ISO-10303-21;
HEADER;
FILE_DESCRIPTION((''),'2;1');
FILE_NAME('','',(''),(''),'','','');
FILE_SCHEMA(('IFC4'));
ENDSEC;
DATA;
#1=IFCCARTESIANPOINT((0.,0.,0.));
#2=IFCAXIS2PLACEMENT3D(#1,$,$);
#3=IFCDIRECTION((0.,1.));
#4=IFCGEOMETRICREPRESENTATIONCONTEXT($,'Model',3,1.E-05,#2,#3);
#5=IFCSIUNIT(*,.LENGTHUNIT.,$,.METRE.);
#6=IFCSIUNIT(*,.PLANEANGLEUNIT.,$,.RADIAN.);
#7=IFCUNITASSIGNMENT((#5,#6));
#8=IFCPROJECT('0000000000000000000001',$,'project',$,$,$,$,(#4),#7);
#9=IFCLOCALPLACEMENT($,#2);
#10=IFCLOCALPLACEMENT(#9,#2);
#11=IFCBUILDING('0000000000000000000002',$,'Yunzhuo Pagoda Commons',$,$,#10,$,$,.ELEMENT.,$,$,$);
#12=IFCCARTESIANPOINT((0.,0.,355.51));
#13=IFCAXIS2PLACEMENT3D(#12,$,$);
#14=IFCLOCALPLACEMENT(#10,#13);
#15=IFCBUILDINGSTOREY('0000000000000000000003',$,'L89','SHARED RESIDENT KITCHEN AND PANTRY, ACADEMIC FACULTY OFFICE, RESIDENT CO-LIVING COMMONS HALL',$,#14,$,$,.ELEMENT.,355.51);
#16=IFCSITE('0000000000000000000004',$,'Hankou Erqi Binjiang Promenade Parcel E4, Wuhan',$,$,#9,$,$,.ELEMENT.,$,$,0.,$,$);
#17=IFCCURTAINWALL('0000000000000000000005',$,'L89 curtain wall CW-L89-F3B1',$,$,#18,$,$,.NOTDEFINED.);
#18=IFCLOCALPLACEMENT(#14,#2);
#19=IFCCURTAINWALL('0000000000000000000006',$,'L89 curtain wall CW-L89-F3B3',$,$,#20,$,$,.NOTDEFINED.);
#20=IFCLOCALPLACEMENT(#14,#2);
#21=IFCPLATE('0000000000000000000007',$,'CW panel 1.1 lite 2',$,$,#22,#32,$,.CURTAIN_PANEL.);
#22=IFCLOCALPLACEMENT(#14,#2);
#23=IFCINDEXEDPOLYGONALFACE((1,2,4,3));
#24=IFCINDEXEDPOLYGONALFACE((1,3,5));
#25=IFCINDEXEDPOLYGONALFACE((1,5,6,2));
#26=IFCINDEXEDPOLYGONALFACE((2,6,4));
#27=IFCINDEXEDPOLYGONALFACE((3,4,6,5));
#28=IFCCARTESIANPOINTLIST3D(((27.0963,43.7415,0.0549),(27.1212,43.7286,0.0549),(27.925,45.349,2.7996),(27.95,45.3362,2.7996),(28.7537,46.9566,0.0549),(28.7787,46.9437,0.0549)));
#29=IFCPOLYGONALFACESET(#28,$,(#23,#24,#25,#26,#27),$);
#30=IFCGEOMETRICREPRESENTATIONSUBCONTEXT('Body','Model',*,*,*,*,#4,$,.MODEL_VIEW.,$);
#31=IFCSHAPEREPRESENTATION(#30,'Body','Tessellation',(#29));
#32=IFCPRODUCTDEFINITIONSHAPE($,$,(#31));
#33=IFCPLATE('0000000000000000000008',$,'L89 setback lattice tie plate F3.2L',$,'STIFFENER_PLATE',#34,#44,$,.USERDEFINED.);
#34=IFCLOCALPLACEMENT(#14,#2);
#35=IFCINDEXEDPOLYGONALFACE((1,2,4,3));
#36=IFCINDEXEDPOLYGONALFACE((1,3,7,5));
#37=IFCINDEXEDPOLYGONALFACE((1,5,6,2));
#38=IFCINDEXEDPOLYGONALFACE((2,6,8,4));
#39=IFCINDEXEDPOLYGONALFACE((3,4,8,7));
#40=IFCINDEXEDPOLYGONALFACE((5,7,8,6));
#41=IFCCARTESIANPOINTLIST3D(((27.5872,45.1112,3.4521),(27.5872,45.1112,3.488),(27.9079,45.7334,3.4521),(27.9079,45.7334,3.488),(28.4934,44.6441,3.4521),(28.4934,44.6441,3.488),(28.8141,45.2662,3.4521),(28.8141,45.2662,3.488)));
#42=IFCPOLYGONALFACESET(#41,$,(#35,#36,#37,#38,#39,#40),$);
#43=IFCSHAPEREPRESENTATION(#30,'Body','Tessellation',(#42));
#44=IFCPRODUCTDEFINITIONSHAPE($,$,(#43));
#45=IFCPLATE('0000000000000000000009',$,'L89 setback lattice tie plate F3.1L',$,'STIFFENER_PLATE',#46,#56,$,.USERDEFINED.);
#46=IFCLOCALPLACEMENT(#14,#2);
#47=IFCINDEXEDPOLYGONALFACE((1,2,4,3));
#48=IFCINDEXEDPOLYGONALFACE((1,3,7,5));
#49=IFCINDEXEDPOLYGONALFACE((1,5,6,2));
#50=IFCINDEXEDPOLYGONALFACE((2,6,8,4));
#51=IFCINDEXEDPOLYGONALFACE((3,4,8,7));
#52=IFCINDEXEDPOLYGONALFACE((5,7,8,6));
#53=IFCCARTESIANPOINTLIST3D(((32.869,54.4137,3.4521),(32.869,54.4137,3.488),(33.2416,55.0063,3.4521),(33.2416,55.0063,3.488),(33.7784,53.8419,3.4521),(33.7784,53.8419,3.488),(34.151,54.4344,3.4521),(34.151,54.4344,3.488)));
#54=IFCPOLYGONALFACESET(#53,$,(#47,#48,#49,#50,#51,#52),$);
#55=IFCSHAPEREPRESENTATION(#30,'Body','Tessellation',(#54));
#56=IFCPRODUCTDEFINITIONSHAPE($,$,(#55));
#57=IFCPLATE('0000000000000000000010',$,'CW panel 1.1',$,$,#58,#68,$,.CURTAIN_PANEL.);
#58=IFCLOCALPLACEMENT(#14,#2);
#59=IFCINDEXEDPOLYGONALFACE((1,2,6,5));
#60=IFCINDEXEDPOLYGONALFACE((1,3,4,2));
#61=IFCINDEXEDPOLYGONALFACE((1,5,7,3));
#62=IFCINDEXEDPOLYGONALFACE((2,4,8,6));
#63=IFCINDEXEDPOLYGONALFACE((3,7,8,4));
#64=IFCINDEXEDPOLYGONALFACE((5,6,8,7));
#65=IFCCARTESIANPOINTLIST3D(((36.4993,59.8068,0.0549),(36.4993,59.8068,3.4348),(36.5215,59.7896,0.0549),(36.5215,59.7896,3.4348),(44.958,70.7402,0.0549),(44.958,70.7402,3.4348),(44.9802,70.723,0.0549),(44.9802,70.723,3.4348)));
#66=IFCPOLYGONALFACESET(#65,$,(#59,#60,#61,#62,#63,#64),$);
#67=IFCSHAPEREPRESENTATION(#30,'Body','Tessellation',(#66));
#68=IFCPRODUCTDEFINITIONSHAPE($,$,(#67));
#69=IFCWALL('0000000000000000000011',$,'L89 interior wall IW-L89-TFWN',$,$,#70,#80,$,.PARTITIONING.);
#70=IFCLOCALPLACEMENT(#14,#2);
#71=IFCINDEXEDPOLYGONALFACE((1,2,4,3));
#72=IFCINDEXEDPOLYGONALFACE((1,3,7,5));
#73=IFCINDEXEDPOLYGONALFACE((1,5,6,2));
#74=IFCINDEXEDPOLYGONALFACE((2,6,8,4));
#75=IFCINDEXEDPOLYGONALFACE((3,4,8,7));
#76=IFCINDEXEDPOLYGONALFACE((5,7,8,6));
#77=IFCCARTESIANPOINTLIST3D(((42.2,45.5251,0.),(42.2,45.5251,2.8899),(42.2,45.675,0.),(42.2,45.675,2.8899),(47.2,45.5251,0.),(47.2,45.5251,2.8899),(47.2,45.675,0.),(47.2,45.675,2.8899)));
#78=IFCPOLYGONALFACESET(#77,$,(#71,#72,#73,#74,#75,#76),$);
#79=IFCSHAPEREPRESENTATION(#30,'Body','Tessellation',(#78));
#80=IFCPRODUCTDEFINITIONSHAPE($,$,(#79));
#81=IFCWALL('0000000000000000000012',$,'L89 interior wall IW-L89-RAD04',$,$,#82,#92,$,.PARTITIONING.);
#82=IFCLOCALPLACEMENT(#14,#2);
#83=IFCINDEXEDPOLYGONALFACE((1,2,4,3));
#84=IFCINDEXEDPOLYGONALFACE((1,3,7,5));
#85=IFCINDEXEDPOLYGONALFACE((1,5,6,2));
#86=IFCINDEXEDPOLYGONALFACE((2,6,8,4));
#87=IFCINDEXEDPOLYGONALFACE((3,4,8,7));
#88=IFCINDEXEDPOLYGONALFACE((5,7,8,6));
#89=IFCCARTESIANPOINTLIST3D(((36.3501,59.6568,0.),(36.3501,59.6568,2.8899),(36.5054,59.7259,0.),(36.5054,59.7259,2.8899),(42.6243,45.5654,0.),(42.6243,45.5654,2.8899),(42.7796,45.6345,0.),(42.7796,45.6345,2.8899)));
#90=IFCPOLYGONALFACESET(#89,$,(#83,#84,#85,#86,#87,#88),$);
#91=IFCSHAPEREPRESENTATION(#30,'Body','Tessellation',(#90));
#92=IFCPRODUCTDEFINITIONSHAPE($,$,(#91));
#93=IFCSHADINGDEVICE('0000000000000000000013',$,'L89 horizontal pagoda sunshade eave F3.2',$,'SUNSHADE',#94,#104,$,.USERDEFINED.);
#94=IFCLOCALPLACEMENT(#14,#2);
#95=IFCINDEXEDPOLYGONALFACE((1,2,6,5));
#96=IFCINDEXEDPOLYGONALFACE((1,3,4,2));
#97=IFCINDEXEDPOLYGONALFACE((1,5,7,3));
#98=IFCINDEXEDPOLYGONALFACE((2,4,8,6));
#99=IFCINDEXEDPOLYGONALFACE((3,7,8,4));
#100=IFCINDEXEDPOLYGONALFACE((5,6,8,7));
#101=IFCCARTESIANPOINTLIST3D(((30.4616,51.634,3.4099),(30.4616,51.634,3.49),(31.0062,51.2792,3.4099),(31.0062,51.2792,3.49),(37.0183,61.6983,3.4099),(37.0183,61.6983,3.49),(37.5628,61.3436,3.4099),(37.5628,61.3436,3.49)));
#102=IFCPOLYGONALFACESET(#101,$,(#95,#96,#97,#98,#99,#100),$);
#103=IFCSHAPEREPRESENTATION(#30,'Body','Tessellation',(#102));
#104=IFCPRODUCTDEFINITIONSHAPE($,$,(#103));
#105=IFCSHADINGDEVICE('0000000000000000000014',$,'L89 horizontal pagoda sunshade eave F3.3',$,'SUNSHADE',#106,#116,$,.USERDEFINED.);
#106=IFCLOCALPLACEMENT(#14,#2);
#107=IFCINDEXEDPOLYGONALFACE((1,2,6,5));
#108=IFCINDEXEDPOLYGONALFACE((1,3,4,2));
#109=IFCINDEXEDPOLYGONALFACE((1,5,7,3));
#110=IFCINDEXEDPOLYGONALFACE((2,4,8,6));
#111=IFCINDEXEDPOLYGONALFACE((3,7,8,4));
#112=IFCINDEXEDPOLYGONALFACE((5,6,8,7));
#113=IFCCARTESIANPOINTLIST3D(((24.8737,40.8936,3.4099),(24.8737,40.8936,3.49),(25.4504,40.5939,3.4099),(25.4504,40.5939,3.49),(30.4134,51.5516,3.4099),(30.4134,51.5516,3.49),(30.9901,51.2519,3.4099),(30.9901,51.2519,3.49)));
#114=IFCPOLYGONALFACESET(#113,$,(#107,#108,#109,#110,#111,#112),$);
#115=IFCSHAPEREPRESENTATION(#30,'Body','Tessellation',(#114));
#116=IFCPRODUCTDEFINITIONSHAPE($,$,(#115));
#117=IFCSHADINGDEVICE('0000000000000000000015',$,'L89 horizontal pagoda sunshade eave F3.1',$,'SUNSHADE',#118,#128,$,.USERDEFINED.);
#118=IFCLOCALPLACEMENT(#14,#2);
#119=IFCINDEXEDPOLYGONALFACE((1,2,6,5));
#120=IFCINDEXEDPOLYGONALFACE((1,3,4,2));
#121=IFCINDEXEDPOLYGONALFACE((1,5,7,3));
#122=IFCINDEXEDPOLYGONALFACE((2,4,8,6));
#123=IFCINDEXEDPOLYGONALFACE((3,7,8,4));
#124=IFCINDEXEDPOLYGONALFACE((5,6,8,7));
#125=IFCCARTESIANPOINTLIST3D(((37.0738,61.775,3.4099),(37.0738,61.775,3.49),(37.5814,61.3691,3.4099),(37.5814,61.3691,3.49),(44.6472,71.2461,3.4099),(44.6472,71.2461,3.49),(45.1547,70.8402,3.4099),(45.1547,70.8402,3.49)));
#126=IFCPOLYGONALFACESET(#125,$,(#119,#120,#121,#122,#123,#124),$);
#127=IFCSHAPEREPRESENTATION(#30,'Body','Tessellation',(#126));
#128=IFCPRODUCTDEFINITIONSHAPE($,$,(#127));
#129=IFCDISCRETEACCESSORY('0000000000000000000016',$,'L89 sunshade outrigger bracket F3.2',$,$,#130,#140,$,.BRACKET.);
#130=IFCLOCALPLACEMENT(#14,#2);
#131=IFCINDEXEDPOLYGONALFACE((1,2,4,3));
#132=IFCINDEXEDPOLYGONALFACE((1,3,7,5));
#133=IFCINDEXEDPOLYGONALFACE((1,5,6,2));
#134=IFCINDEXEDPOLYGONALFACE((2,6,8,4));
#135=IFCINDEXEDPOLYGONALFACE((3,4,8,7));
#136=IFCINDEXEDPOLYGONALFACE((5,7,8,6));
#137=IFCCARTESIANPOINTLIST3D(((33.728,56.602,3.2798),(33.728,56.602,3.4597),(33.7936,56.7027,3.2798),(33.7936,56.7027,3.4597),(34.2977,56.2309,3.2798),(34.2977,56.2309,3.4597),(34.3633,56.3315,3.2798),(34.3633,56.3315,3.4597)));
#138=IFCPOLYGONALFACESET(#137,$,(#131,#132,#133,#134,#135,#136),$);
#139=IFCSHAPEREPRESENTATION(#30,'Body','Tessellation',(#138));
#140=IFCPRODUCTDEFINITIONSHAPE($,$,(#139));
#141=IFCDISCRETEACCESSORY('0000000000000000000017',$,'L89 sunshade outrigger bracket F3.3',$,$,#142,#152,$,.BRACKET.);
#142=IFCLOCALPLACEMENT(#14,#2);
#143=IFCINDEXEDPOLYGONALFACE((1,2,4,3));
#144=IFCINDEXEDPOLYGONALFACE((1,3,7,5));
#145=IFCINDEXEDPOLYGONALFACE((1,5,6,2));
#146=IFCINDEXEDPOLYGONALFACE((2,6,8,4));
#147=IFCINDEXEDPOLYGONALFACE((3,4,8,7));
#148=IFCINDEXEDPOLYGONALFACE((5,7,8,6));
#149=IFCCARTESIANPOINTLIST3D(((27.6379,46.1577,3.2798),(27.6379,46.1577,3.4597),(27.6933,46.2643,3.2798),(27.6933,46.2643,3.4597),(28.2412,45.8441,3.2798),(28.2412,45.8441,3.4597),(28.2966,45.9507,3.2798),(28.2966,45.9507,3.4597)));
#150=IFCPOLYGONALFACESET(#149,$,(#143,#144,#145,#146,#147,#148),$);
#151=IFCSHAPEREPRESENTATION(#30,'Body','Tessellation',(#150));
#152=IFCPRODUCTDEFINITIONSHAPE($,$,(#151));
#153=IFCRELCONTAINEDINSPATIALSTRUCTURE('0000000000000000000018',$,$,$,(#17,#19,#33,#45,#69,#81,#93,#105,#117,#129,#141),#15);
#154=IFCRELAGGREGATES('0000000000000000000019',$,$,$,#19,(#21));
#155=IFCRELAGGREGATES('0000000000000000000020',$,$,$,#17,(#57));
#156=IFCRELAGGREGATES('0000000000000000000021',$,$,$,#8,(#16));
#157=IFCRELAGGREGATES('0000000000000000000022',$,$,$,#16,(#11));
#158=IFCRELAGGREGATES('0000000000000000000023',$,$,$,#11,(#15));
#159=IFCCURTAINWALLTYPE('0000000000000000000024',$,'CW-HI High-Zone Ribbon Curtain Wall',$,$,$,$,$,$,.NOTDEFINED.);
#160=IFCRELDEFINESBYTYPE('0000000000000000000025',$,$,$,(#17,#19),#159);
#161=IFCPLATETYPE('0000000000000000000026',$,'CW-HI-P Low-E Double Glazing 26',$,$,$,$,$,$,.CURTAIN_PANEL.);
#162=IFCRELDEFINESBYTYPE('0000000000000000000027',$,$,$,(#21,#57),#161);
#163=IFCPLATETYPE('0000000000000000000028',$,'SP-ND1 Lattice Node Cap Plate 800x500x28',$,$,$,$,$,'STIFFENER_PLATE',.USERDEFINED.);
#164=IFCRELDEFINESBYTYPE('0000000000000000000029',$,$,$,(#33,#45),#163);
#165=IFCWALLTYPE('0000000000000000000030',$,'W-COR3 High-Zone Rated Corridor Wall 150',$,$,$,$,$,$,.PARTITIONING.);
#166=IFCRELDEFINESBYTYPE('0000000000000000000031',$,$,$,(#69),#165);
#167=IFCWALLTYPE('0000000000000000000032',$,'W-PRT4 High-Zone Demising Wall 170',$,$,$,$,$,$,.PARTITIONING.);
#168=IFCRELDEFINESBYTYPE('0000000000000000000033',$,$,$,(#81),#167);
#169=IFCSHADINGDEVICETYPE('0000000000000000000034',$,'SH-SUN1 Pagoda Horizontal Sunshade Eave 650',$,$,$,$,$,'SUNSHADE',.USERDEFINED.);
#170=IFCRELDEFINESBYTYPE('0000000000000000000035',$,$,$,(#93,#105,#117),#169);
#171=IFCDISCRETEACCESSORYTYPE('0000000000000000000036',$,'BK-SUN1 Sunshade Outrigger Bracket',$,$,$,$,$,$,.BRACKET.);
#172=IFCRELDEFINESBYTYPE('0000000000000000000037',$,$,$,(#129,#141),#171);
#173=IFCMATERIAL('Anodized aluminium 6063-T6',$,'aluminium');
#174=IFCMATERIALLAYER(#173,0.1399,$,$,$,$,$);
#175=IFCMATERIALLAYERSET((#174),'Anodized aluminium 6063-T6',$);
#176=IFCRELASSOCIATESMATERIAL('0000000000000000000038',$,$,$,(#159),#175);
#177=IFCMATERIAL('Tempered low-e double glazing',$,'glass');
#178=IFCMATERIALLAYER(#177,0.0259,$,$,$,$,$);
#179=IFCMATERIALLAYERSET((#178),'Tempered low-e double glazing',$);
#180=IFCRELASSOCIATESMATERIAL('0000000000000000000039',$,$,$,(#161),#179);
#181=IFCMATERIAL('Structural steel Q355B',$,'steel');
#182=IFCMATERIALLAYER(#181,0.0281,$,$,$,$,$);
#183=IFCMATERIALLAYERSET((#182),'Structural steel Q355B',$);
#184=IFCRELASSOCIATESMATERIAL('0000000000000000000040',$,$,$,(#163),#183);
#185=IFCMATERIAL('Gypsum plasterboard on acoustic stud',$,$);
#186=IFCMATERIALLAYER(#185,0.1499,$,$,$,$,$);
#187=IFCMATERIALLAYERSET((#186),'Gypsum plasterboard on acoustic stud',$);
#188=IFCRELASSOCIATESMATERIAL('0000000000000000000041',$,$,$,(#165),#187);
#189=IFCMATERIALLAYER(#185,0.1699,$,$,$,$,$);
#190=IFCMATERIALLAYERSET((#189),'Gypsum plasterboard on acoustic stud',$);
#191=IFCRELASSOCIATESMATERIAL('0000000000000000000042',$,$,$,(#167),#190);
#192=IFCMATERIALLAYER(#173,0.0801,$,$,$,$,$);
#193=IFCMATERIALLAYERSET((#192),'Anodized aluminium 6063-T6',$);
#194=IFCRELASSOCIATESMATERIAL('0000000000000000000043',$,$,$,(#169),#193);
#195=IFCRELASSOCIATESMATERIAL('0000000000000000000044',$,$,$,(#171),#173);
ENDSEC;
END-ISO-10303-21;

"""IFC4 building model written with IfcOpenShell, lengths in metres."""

from ifc_helpers import new_model, si_unit, direction, frame, frame_2d, origin, origin_2d, place, context, subcontext, project, spatial, polyline, rectangle, outline, extrude, source, transform, mapped, material, layer, layer_set, type_object, element, aggregate, save


model = new_model("IFC4")

# Units and contexts
model_context = context("Model", 3, precision=1e-05, world=origin(), true_north=direction((0.0, 1.0)))
body_context = subcontext(model_context, "Body", "Model", "MODEL_VIEW")
ifc_project = project(units=[si_unit("LENGTHUNIT", "METRE"), si_unit("PLANEANGLEUNIT", "RADIAN")], contexts=[model_context])

# Site, building, storey
site_placement = place(None, origin())
site = spatial("IfcSite", under=ifc_project, at=site_placement, Name="Hankou Erqi Binjiang Promenade Parcel E4, Wuhan", CompositionType="ELEMENT", RefElevation=0.0)
building_placement = place(site_placement, origin())
building = spatial("IfcBuilding", under=site, at=building_placement, Name="Yunzhuo Pagoda Commons", CompositionType="ELEMENT")
storey_placement = place(building_placement, frame((0.0, 0.0, 355.51)))
storey = spatial("IfcBuildingStorey", under=building, at=storey_placement, Name="L89", Description="SHARED RESIDENT KITCHEN AND PANTRY, ACADEMIC FACULTY OFFICE, RESIDENT CO-LIVING COMMONS HALL", CompositionType="ELEMENT", Elevation=355.51)

# Shared definitions
ifc_material_1 = material(Name="Structural steel Q355B", Category="steel")

# Curtain walls
ifc_material_2 = material(Name="Anodized aluminium 6063-T6", Category="aluminium")
ifc_layer_1 = layer(ifc_material_2, 0.1399)
ifc_layer_set_1 = layer_set([ifc_layer_1], Name="Anodized aluminium 6063-T6")
curtain_wall_type = type_object("IfcCurtainWallType", Name="CW-HI High-Zone Ribbon Curtain Wall", PredefinedType="NOTDEFINED", material=ifc_layer_set_1)
curtain_wall_1_placement = place(storey_placement, origin())
curtain_wall_1 = element("IfcCurtainWall", 1, at=curtain_wall_1_placement, inside=storey, type_object=curtain_wall_type, Name="L89 curtain wall CW-L89-F3B1", PredefinedType="NOTDEFINED")
curtain_wall_2_placement = place(storey_placement, origin())
curtain_wall_2 = element("IfcCurtainWall", 2, at=curtain_wall_2_placement, inside=storey, type_object=curtain_wall_type, Name="L89 curtain wall CW-L89-F3B3", PredefinedType="NOTDEFINED")

# Plate
ifc_material_3 = material(Name="Tempered low-e double glazing", Category="glass")
ifc_layer_2 = layer(ifc_material_3, 0.0259)
ifc_layer_set_2 = layer_set([ifc_layer_2], Name="Tempered low-e double glazing")
plate_type_1 = type_object("IfcPlateType", Name="CW-HI-P Low-E Double Glazing 26", PredefinedType="CURTAIN_PANEL", material=ifc_layer_set_2)
plate_1_placement = place(storey_placement, frame((27.95, 45.3362, 1.4272), z_axis=(-0.888846, 0.458207, 0.0), x_axis=(-0.458207, -0.888846, 0.0)))
plate_1 = element("IfcPlate", 3, at=plate_1_placement, type_object=plate_type_1, Name="CW panel 1.1 lite 2", PredefinedType="CURTAIN_PANEL", context=body_context, shape_type="SweptSolid", body=[
    extrude(outline(polyline([(-1.8086, -1.3723), (1.8086, -1.3723), (0.0, 1.3723), (-1.8086, -1.3723)])), origin(), (0.0, 0.0, 1.0), 0.0281),
])
aggregate(curtain_wall_2, [plate_1])

# Plates
ifc_layer_3 = layer(ifc_material_1, 0.0281)
ifc_layer_set_3 = layer_set([ifc_layer_3], Name="Structural steel Q355B")
plate_type_2 = type_object("IfcPlateType", Name="SP-ND1 Lattice Node Cap Plate 800x500x28", ElementType="STIFFENER_PLATE", PredefinedType="USERDEFINED", material=ifc_layer_set_3)
shared_shape_1 = source(origin(), body_context, "Body", "SweptSolid", [
    extrude(rectangle(XDim=0.7, YDim=1.0195, at=origin_2d()), origin(), (0.0, 0.0, 1.0), 0.0359),
])
plate_2_placement = place(storey_placement, frame((28.2007, 45.1887, 3.4521), z_axis=(0.0, 0.0, 1.0), x_axis=(-0.4582, -0.888849, 0.0)))
element("IfcPlate", 4, at=plate_2_placement, inside=storey, type_object=plate_type_2, Name="L89 setback lattice tie plate F3.2L", ObjectType="STIFFENER_PLATE", PredefinedType="USERDEFINED", context=body_context, shape_type="MappedRepresentation", body=[
    mapped(shared_shape_1, transform((0.0, 0.0, 0.0), scale=1.0)),
])
shared_shape_2 = source(origin(), body_context, "Body", "SweptSolid", [
    extrude(rectangle(XDim=0.7, YDim=1.0742, at=origin_2d()), origin(), (0.0, 0.0, 1.0), 0.0359),
])
plate_3_placement = place(storey_placement, frame((33.51, 54.4241, 3.4521), z_axis=(0.0, 0.0, 1.0), x_axis=(-0.532344, -0.846528, 0.0)))
element("IfcPlate", 5, at=plate_3_placement, inside=storey, type_object=plate_type_2, Name="L89 setback lattice tie plate F3.1L", ObjectType="STIFFENER_PLATE", PredefinedType="USERDEFINED", context=body_context, shape_type="MappedRepresentation", body=[
    mapped(shared_shape_2, transform((0.0, 0.0, 0.0), scale=1.0)),
])

# Plate
shared_shape_3 = source(origin(), body_context, "Body", "SweptSolid", [
    extrude(rectangle(XDim=13.8235, YDim=0.0281, at=origin_2d()), origin(), (0.0, 0.0, 1.0), 3.3799),
])
plate_4_placement = place(storey_placement, frame((40.7397, 65.2649, 0.0549), z_axis=(0.0, 0.0, 1.0), x_axis=(-0.61191, -0.790927, 0.0)))
plate_4 = element("IfcPlate", 6, at=plate_4_placement, type_object=plate_type_1, Name="CW panel 1.1", PredefinedType="CURTAIN_PANEL", context=body_context, shape_type="MappedRepresentation", body=[
    mapped(shared_shape_3, transform((0.0, 0.0, 0.0), scale=1.0)),
])
aggregate(curtain_wall_1, [plate_4])

# Walls
ifc_material_4 = material(Name="Gypsum plasterboard on acoustic stud")
ifc_layer_4 = layer(ifc_material_4, 0.1499)
ifc_layer_set_4 = layer_set([ifc_layer_4], Name="Gypsum plasterboard on acoustic stud")
wall_type_1 = type_object("IfcWallType", Name="W-COR3 High-Zone Rated Corridor Wall 150", PredefinedType="PARTITIONING", material=ifc_layer_set_4)
wall_1_placement = place(storey_placement, frame((42.2, 45.6001, 0.0), z_axis=(0.0, 0.0, 1.0), x_axis=(1.0, 0.0, 0.0)))
element("IfcWall", 7, at=wall_1_placement, inside=storey, type_object=wall_type_1, Name="L89 interior wall IW-L89-TFWN", PredefinedType="PARTITIONING", context=body_context, shape_type="SweptSolid", body=[
    extrude(rectangle(XDim=5.0, YDim=0.1499, at=frame_2d((2.5, 0.0))), origin(), (0.0, 0.0, 1.0), 2.8899),
])
ifc_layer_5 = layer(ifc_material_4, 0.1699)
ifc_layer_set_5 = layer_set([ifc_layer_5], Name="Gypsum plasterboard on acoustic stud")
wall_type_2 = type_object("IfcWallType", Name="W-PRT4 High-Zone Demising Wall 170", PredefinedType="PARTITIONING", material=ifc_layer_set_5)
wall_2_placement = place(storey_placement, frame((42.7019, 45.6001, 0.0), z_axis=(0.0, 0.0, 1.0), x_axis=(-0.406754, 0.913538, 0.0)))
element("IfcWall", 8, at=wall_2_placement, inside=storey, type_object=wall_type_2, Name="L89 interior wall IW-L89-RAD04", PredefinedType="PARTITIONING", context=body_context, shape_type="SweptSolid", body=[
    extrude(rectangle(XDim=15.425, YDim=0.1699, at=frame_2d((7.7124, 0.0))), origin(), (0.0, 0.0, 1.0), 2.8899),
])

# Shading devices
ifc_layer_6 = layer(ifc_material_2, 0.0801)
ifc_layer_set_6 = layer_set([ifc_layer_6], Name="Anodized aluminium 6063-T6")
shading_device_type = type_object("IfcShadingDeviceType", Name="SH-SUN1 Pagoda Horizontal Sunshade Eave 650", ElementType="SUNSHADE", PredefinedType="USERDEFINED", material=ifc_layer_set_6)
shared_shape_4 = source(origin(), body_context, "Body", "SweptSolid", [
    extrude(rectangle(XDim=12.0117, YDim=0.6499, at=origin_2d()), origin(), (0.0, 0.0, 1.0), 0.0801),
])
for number, where, z_axis, x_axis, name in (
    (9, (34.0122, 56.4888, 3.4099), (0.0, 0.0, 1.0), (-0.545853, -0.837881, 0.0), "L89 horizontal pagoda sunshade eave F3.2"),
    (10, (27.9319, 46.0728, 3.4099), (0.0, 0.0, 1.0), (-0.461191, -0.887301, 0.0), "L89 horizontal pagoda sunshade eave F3.3"),
):
    element("IfcShadingDevice", number, at=place(storey_placement, frame(where, z_axis=z_axis, x_axis=x_axis)), inside=storey, type_object=shading_device_type, Name=name, ObjectType="SUNSHADE", PredefinedType="USERDEFINED", context=body_context, shape_type="MappedRepresentation", body=[
        mapped(shared_shape_4, transform((0.0, 0.0, 0.0), scale=1.0)),
    ])
shared_shape_5 = source(origin(), body_context, "Body", "SweptSolid", [
    extrude(rectangle(XDim=12.1267, YDim=0.6499, at=origin_2d()), origin(), (0.0, 0.0, 1.0), 0.0801),
])
shading_device_placement = place(storey_placement, frame((41.1143, 66.3076, 3.4099), z_axis=(0.0, 0.0, 1.0), x_axis=(-0.62452, -0.781008, 0.0)))
element("IfcShadingDevice", 11, at=shading_device_placement, inside=storey, type_object=shading_device_type, Name="L89 horizontal pagoda sunshade eave F3.1", ObjectType="SUNSHADE", PredefinedType="USERDEFINED", context=body_context, shape_type="MappedRepresentation", body=[
    mapped(shared_shape_5, transform((0.0, 0.0, 0.0), scale=1.0)),
])

# Discrete accessories
discrete_accessory_type = type_object("IfcDiscreteAccessoryType", Name="BK-SUN1 Sunshade Outrigger Bracket", PredefinedType="BRACKET", material=ifc_material_2)
shared_shape_6 = source(origin(), body_context, "Body", "SweptSolid", [
    extrude(rectangle(XDim=0.1201, YDim=0.6799, at=origin_2d()), origin(), (0.0, 0.0, 1.0), 0.1799),
])
for number, where, z_axis, x_axis, name in (
    (12, (34.0457, 56.4668, 3.2798), (0.0, 0.0, 1.0), (-0.545853, -0.837881, 0.0), "L89 sunshade outrigger bracket F3.2"),
    (13, (27.9673, 46.0542, 3.2798), (0.0, 0.0, 1.0), (-0.461191, -0.887301, 0.0), "L89 sunshade outrigger bracket F3.3"),
):
    element("IfcDiscreteAccessory", number, at=place(storey_placement, frame(where, z_axis=z_axis, x_axis=x_axis)), inside=storey, type_object=discrete_accessory_type, Name=name, PredefinedType="BRACKET", context=body_context, shape_type="MappedRepresentation", body=[
        mapped(shared_shape_6, transform((0.0, 0.0, 0.0), scale=1.0)),
    ])

save(model, "model.ifc")
